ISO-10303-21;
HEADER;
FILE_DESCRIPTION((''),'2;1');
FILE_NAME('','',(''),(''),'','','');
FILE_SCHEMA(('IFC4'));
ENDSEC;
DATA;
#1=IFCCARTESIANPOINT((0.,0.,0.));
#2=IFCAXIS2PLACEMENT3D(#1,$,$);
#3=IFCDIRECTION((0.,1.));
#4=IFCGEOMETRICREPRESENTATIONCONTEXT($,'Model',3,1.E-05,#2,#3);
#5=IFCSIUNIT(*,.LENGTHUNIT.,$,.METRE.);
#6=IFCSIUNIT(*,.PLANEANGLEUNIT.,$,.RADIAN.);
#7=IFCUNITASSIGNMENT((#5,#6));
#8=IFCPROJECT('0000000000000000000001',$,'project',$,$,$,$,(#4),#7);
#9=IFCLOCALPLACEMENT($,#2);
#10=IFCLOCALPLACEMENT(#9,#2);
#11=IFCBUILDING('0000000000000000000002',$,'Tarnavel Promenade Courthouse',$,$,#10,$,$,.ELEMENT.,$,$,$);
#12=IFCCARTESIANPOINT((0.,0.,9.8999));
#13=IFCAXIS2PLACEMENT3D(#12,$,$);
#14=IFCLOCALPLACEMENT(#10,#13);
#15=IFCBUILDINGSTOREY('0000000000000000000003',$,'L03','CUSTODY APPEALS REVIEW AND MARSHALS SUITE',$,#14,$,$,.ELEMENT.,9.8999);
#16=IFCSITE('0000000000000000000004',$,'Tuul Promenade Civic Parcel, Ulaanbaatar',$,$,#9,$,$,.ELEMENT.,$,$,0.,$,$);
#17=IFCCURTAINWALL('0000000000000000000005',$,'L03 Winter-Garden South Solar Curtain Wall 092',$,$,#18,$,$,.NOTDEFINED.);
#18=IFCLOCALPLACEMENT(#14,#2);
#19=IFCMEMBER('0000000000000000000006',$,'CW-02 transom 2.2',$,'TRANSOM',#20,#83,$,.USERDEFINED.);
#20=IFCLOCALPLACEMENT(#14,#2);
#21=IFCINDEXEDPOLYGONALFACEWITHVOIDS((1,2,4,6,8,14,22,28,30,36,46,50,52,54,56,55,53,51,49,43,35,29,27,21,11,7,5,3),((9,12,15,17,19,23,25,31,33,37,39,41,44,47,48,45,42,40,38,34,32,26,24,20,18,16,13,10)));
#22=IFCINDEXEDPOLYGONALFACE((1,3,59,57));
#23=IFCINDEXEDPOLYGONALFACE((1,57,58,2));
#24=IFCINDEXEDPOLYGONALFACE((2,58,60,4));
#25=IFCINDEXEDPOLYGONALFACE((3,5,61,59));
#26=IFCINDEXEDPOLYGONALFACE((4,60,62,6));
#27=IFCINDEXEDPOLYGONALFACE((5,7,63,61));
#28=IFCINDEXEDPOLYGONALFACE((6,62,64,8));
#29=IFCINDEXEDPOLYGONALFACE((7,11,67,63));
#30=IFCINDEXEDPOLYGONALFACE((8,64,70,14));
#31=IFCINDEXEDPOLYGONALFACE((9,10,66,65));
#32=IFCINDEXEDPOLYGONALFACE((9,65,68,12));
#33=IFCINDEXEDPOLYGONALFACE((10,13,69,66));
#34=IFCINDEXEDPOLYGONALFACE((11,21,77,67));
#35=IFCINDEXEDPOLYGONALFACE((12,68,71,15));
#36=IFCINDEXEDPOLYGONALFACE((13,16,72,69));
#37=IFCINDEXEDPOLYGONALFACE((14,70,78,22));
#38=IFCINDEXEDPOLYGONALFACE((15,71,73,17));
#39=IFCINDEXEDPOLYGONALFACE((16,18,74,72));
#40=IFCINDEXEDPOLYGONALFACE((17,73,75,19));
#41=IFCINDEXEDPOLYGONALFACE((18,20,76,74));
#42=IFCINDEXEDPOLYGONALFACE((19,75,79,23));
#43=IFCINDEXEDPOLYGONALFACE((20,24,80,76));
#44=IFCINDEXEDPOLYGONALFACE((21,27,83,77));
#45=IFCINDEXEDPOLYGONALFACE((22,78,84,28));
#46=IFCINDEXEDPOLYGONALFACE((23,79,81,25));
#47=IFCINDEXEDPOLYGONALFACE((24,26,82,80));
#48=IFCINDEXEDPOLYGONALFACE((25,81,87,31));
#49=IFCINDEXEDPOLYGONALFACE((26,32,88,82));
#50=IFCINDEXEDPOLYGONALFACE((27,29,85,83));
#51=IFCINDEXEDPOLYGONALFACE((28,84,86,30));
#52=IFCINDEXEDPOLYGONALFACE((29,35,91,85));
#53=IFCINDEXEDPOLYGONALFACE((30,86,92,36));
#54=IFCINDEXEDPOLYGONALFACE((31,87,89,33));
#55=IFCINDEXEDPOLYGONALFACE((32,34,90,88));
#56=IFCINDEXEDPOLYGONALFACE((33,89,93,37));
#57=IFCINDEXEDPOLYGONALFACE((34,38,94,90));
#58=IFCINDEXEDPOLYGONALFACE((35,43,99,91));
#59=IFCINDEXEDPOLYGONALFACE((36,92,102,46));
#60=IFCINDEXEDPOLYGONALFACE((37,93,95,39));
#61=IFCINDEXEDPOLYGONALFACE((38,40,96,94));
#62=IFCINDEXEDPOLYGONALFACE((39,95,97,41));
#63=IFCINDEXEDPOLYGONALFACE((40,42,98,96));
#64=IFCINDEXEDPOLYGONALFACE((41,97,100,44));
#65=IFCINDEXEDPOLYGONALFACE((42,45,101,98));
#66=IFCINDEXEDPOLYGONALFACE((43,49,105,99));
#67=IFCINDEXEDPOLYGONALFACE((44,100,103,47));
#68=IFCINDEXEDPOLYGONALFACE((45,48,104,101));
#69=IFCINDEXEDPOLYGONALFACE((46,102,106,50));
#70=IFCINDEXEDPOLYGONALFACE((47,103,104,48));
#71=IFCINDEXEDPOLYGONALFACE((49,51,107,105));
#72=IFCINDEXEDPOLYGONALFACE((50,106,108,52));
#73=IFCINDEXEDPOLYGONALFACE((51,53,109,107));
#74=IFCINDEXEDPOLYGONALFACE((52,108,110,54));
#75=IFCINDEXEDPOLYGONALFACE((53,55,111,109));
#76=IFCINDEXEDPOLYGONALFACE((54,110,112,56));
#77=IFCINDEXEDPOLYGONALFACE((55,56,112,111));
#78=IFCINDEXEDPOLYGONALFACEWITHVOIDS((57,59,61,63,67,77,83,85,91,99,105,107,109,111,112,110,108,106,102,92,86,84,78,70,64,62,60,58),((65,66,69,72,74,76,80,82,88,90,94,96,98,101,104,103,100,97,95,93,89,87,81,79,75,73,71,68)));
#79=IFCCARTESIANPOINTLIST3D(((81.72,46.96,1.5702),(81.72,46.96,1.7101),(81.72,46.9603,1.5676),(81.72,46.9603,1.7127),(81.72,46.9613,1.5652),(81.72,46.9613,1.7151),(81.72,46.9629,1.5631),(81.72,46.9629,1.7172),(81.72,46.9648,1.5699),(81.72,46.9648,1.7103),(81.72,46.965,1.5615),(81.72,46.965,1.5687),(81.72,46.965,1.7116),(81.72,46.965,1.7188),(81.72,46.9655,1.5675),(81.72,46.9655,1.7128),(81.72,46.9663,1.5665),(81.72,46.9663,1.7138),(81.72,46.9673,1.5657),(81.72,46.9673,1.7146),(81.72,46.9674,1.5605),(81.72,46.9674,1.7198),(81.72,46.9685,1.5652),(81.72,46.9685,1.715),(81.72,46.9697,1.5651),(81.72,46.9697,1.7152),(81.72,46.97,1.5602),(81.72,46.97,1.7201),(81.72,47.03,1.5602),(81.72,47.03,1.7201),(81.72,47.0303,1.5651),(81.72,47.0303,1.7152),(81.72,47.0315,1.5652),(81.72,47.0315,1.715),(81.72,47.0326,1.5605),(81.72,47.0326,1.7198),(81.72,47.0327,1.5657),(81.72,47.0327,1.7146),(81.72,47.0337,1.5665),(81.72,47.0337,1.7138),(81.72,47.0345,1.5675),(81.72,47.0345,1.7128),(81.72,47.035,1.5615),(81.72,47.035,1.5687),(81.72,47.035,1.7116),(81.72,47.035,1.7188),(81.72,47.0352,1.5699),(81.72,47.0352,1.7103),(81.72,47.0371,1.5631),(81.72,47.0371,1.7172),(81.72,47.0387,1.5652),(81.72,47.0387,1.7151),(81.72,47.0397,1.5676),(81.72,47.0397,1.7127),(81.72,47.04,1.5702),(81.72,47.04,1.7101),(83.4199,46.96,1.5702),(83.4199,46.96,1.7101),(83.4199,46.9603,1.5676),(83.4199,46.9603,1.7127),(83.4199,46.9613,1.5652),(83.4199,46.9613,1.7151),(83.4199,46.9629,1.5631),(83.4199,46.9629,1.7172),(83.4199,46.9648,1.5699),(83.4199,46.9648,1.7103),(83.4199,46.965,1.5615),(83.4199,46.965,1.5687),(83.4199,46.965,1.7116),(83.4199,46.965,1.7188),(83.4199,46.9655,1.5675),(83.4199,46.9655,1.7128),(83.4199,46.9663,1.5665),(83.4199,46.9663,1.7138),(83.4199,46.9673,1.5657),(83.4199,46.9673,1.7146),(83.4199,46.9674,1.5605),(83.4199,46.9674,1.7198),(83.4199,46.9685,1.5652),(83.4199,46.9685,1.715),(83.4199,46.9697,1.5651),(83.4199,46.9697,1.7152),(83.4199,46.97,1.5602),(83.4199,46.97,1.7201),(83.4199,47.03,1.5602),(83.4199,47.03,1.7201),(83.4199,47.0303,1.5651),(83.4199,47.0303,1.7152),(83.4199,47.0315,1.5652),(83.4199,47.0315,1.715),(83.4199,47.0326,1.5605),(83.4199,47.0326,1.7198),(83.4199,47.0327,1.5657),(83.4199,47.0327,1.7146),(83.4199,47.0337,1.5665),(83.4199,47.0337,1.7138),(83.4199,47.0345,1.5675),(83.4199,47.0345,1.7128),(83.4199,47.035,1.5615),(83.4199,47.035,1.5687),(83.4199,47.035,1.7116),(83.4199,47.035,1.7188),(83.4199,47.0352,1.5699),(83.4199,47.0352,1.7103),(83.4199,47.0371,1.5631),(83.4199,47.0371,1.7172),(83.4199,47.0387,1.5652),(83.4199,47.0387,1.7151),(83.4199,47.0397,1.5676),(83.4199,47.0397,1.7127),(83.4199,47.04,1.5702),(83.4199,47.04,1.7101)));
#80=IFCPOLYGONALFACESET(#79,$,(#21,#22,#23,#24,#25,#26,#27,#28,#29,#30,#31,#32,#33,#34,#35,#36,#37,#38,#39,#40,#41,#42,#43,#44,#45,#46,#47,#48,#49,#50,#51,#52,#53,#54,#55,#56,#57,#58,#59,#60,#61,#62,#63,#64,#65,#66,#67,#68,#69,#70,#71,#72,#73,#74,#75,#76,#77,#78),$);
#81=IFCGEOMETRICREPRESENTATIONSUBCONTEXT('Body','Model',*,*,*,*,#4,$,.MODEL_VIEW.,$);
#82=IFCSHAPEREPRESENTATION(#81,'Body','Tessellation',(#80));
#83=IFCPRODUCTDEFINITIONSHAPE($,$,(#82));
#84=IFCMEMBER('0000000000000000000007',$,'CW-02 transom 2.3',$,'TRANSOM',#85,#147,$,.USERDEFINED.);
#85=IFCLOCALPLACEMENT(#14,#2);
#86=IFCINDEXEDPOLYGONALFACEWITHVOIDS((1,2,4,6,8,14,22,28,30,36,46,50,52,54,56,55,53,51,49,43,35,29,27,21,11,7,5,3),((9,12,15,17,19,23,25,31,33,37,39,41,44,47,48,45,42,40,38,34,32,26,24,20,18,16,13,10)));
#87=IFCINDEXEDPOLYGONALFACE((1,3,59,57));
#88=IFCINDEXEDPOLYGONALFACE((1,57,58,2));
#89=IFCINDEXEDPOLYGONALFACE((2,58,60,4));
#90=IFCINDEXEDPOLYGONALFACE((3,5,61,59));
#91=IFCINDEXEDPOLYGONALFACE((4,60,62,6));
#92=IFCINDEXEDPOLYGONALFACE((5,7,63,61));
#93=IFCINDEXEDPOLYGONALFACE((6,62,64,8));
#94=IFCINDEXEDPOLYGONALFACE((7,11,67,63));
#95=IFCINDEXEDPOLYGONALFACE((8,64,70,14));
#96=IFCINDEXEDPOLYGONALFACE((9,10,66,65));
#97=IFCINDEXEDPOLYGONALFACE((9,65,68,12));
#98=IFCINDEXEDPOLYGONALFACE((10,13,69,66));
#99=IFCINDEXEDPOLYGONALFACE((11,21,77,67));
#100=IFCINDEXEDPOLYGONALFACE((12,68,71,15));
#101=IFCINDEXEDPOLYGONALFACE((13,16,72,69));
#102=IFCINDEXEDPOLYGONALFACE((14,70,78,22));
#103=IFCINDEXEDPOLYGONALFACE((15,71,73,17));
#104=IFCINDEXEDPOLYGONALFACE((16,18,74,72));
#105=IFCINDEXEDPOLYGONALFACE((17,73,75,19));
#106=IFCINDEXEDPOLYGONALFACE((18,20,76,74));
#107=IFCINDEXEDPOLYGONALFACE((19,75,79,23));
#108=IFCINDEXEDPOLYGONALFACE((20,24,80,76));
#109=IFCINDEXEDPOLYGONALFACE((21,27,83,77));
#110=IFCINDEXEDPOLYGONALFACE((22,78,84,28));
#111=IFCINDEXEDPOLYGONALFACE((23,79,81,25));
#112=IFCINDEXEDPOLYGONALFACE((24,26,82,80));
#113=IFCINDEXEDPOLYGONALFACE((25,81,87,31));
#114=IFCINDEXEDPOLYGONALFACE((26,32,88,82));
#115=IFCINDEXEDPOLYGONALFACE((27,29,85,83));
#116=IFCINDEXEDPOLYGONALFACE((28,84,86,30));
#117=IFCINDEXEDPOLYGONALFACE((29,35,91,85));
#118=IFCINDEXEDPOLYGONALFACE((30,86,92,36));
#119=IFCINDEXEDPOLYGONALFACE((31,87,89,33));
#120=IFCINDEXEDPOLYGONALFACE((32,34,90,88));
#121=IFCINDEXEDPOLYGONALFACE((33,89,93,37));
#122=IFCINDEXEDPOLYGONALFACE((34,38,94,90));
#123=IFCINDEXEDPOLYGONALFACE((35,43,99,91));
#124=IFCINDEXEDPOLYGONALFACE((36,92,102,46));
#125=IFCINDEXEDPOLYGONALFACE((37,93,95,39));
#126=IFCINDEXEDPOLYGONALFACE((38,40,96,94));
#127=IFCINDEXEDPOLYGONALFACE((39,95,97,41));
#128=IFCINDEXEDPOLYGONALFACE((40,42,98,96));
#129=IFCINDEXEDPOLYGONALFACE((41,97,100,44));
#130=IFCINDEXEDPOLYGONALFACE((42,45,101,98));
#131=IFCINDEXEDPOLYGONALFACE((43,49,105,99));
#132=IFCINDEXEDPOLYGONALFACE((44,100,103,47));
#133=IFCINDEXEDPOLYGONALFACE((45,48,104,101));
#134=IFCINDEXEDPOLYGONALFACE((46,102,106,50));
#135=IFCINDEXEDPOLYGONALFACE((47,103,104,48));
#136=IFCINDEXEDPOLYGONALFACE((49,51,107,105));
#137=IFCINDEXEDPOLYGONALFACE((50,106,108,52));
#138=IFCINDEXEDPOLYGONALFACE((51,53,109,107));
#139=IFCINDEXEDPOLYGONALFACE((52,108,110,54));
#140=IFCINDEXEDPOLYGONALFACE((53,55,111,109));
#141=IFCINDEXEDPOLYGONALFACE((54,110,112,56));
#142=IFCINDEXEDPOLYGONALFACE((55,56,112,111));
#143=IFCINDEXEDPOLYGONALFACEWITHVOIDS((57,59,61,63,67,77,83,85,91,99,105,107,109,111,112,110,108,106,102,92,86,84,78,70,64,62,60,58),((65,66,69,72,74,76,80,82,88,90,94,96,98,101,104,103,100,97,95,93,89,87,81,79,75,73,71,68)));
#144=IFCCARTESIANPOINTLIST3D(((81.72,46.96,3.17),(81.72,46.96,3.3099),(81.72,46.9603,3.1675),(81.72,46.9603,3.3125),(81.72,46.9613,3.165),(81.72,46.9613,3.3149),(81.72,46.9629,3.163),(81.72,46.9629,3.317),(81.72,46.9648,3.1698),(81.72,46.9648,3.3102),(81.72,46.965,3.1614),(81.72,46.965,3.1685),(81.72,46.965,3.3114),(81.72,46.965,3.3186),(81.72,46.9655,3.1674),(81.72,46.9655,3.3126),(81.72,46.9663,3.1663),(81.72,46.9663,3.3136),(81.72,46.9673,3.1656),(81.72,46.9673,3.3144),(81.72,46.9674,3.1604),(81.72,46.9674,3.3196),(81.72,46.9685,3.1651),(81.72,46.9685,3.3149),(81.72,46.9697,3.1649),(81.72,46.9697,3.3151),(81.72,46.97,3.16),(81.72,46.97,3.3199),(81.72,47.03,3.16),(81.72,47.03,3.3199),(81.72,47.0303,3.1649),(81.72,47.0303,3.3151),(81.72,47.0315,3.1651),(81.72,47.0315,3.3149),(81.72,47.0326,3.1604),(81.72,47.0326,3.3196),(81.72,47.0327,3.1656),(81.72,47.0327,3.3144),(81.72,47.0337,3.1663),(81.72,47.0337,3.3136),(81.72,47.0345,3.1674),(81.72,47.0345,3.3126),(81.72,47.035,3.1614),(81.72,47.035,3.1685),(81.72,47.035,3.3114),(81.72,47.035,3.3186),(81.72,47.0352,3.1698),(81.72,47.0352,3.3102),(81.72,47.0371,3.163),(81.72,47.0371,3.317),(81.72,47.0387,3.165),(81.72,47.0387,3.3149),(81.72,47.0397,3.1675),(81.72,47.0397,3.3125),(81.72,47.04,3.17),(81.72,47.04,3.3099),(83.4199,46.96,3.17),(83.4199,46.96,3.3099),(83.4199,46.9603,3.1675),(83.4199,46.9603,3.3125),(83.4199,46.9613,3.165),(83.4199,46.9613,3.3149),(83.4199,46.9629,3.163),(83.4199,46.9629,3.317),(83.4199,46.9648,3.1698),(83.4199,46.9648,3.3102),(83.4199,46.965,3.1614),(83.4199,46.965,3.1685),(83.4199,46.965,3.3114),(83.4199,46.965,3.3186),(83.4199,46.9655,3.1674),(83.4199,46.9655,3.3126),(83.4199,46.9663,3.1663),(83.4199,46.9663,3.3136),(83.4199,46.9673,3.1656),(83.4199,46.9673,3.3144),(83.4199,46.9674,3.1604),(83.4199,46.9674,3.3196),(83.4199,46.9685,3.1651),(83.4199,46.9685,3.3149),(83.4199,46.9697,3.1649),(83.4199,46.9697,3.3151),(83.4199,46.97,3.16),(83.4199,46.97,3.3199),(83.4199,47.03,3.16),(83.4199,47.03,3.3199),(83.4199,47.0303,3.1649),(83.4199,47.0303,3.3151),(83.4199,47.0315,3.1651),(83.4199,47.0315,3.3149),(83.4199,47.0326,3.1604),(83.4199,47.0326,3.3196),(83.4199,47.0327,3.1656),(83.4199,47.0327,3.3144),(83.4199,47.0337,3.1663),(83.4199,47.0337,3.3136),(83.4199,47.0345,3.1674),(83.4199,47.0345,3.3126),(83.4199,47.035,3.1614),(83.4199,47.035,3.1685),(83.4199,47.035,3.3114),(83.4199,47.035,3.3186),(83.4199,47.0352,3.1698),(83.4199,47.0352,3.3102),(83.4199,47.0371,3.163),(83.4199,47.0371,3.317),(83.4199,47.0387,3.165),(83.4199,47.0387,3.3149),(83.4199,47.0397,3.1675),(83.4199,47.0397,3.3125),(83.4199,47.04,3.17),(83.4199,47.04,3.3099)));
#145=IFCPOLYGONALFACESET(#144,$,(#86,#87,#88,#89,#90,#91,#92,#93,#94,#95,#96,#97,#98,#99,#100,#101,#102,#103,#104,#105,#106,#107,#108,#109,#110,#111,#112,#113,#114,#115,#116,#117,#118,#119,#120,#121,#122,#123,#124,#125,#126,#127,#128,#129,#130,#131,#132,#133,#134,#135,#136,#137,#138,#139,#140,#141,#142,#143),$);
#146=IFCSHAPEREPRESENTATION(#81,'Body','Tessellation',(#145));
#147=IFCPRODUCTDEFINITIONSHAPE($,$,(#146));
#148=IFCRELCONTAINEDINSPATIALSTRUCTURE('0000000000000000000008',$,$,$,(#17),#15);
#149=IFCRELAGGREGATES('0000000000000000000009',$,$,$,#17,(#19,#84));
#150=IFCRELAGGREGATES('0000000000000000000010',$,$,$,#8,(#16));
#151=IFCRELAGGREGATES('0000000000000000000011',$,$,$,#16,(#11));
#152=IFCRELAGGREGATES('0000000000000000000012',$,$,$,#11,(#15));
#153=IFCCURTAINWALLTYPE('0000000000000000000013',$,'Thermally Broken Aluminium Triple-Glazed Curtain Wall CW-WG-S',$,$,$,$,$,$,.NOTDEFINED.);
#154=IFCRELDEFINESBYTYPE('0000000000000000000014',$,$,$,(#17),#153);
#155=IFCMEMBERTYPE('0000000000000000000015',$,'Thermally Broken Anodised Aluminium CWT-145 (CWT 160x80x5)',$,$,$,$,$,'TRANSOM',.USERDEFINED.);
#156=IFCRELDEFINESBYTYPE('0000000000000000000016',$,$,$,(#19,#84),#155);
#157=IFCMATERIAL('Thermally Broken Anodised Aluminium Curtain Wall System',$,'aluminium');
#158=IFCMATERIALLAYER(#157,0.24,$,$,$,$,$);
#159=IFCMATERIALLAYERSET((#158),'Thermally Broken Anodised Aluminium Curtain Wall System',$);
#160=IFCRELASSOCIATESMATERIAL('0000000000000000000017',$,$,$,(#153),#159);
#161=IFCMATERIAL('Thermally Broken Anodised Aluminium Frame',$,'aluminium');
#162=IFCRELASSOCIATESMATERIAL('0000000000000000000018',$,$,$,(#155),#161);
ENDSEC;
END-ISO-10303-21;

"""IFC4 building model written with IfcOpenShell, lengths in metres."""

from ifc_helpers import new_model, si_unit, direction, frame, origin, origin_2d, place, context, subcontext, project, spatial, hollow_rectangle, extrude, material, layer, layer_set, material_profile, profile_set, type_object, element, aggregate, save


model = new_model("IFC4")

# Units and contexts
model_context = context("Model", 3, precision=1e-05, world=origin(), true_north=direction((0.0, 1.0)))
body_context = subcontext(model_context, "Body", "Model", "MODEL_VIEW")
ifc_project = project(units=[si_unit("LENGTHUNIT", "METRE"), si_unit("PLANEANGLEUNIT", "RADIAN")], contexts=[model_context])

# Site, building, storey
site_placement = place(None, origin())
site = spatial("IfcSite", under=ifc_project, at=site_placement, Name="Tuul Promenade Civic Parcel, Ulaanbaatar", CompositionType="ELEMENT", RefElevation=0.0)
building_placement = place(site_placement, origin())
building = spatial("IfcBuilding", under=site, at=building_placement, Name="Tarnavel Promenade Courthouse", CompositionType="ELEMENT")
storey_placement = place(building_placement, frame((0.0, 0.0, 9.8999)))
storey = spatial("IfcBuildingStorey", under=building, at=storey_placement, Name="L03", Description="CUSTODY APPEALS REVIEW AND MARSHALS SUITE", CompositionType="ELEMENT", Elevation=9.8999)

# Shared definitions
ifc_material_1 = material(Name="Thermally Broken Anodised Aluminium Curtain Wall System", Category="aluminium")
ifc_layer_1 = layer(ifc_material_1, 0.24)
ifc_layer_set_1 = layer_set([ifc_layer_1], Name="Thermally Broken Anodised Aluminium Curtain Wall System")
curtain_wall_type = type_object("IfcCurtainWallType", Name="Thermally Broken Aluminium Triple-Glazed Curtain Wall CW-WG-S", PredefinedType="NOTDEFINED", material=ifc_layer_set_1)
ifc_material_2 = material(Name="Thermally Broken Anodised Aluminium Frame", Category="aluminium")

# Curtain wall
curtain_wall_1_placement = place(storey_placement, origin())
curtain_wall_1 = element("IfcCurtainWall", 1, at=curtain_wall_1_placement, inside=storey, type_object=curtain_wall_type, Name="L03 Winter-Garden South Solar Curtain Wall 092", PredefinedType="NOTDEFINED")

# Members
ifc_material_profile_1 = material_profile(ifc_material_2, hollow_rectangle(XDim=0.0801, YDim=0.1599, WallThickness=0.0049, InnerFilletRadius=0.0049, OuterFilletRadius=0.01, at=origin_2d()), Name="CWT 160x80x5")
ifc_profile_set_1 = profile_set([ifc_material_profile_1], Name="Thermally Broken Anodised Aluminium Frame")
member_type_1 = type_object("IfcMemberType", Name="Thermally Broken Anodised Aluminium CWT-145 (CWT 160x80x5)", ElementType="TRANSOM", PredefinedType="USERDEFINED", material=ifc_profile_set_1)
member_1_placement = place(storey_placement, frame((81.72, 47.0, 1.6401), z_axis=(1.0, 0.0, 0.0), x_axis=(0.0, 1.0, 0.0)))
member_1 = element("IfcMember", 2, at=member_1_placement, type_object=member_type_1, Name="CW-02 transom 2.2", ObjectType="TRANSOM", PredefinedType="USERDEFINED", context=body_context, shape_type="SweptSolid", body=[
    extrude(hollow_rectangle(XDim=0.0801, YDim=0.1599, WallThickness=0.0049, InnerFilletRadius=0.0049, OuterFilletRadius=0.01, at=origin_2d()), origin(), (0.0, 0.0, 1.0), 1.7),
])
member_2_placement = place(storey_placement, frame((81.72, 47.0, 3.24), z_axis=(1.0, 0.0, 0.0), x_axis=(0.0, 1.0, 0.0)))
member_2 = element("IfcMember", 3, at=member_2_placement, type_object=member_type_1, Name="CW-02 transom 2.3", ObjectType="TRANSOM", PredefinedType="USERDEFINED", context=body_context, shape_type="SweptSolid", body=[
    extrude(hollow_rectangle(XDim=0.0801, YDim=0.1599, WallThickness=0.0049, InnerFilletRadius=0.0049, OuterFilletRadius=0.01, at=origin_2d()), origin(), (0.0, 0.0, 1.0), 1.7),
])

aggregate(curtain_wall_1, [member_1, member_2])

save(model, "model.ifc")
